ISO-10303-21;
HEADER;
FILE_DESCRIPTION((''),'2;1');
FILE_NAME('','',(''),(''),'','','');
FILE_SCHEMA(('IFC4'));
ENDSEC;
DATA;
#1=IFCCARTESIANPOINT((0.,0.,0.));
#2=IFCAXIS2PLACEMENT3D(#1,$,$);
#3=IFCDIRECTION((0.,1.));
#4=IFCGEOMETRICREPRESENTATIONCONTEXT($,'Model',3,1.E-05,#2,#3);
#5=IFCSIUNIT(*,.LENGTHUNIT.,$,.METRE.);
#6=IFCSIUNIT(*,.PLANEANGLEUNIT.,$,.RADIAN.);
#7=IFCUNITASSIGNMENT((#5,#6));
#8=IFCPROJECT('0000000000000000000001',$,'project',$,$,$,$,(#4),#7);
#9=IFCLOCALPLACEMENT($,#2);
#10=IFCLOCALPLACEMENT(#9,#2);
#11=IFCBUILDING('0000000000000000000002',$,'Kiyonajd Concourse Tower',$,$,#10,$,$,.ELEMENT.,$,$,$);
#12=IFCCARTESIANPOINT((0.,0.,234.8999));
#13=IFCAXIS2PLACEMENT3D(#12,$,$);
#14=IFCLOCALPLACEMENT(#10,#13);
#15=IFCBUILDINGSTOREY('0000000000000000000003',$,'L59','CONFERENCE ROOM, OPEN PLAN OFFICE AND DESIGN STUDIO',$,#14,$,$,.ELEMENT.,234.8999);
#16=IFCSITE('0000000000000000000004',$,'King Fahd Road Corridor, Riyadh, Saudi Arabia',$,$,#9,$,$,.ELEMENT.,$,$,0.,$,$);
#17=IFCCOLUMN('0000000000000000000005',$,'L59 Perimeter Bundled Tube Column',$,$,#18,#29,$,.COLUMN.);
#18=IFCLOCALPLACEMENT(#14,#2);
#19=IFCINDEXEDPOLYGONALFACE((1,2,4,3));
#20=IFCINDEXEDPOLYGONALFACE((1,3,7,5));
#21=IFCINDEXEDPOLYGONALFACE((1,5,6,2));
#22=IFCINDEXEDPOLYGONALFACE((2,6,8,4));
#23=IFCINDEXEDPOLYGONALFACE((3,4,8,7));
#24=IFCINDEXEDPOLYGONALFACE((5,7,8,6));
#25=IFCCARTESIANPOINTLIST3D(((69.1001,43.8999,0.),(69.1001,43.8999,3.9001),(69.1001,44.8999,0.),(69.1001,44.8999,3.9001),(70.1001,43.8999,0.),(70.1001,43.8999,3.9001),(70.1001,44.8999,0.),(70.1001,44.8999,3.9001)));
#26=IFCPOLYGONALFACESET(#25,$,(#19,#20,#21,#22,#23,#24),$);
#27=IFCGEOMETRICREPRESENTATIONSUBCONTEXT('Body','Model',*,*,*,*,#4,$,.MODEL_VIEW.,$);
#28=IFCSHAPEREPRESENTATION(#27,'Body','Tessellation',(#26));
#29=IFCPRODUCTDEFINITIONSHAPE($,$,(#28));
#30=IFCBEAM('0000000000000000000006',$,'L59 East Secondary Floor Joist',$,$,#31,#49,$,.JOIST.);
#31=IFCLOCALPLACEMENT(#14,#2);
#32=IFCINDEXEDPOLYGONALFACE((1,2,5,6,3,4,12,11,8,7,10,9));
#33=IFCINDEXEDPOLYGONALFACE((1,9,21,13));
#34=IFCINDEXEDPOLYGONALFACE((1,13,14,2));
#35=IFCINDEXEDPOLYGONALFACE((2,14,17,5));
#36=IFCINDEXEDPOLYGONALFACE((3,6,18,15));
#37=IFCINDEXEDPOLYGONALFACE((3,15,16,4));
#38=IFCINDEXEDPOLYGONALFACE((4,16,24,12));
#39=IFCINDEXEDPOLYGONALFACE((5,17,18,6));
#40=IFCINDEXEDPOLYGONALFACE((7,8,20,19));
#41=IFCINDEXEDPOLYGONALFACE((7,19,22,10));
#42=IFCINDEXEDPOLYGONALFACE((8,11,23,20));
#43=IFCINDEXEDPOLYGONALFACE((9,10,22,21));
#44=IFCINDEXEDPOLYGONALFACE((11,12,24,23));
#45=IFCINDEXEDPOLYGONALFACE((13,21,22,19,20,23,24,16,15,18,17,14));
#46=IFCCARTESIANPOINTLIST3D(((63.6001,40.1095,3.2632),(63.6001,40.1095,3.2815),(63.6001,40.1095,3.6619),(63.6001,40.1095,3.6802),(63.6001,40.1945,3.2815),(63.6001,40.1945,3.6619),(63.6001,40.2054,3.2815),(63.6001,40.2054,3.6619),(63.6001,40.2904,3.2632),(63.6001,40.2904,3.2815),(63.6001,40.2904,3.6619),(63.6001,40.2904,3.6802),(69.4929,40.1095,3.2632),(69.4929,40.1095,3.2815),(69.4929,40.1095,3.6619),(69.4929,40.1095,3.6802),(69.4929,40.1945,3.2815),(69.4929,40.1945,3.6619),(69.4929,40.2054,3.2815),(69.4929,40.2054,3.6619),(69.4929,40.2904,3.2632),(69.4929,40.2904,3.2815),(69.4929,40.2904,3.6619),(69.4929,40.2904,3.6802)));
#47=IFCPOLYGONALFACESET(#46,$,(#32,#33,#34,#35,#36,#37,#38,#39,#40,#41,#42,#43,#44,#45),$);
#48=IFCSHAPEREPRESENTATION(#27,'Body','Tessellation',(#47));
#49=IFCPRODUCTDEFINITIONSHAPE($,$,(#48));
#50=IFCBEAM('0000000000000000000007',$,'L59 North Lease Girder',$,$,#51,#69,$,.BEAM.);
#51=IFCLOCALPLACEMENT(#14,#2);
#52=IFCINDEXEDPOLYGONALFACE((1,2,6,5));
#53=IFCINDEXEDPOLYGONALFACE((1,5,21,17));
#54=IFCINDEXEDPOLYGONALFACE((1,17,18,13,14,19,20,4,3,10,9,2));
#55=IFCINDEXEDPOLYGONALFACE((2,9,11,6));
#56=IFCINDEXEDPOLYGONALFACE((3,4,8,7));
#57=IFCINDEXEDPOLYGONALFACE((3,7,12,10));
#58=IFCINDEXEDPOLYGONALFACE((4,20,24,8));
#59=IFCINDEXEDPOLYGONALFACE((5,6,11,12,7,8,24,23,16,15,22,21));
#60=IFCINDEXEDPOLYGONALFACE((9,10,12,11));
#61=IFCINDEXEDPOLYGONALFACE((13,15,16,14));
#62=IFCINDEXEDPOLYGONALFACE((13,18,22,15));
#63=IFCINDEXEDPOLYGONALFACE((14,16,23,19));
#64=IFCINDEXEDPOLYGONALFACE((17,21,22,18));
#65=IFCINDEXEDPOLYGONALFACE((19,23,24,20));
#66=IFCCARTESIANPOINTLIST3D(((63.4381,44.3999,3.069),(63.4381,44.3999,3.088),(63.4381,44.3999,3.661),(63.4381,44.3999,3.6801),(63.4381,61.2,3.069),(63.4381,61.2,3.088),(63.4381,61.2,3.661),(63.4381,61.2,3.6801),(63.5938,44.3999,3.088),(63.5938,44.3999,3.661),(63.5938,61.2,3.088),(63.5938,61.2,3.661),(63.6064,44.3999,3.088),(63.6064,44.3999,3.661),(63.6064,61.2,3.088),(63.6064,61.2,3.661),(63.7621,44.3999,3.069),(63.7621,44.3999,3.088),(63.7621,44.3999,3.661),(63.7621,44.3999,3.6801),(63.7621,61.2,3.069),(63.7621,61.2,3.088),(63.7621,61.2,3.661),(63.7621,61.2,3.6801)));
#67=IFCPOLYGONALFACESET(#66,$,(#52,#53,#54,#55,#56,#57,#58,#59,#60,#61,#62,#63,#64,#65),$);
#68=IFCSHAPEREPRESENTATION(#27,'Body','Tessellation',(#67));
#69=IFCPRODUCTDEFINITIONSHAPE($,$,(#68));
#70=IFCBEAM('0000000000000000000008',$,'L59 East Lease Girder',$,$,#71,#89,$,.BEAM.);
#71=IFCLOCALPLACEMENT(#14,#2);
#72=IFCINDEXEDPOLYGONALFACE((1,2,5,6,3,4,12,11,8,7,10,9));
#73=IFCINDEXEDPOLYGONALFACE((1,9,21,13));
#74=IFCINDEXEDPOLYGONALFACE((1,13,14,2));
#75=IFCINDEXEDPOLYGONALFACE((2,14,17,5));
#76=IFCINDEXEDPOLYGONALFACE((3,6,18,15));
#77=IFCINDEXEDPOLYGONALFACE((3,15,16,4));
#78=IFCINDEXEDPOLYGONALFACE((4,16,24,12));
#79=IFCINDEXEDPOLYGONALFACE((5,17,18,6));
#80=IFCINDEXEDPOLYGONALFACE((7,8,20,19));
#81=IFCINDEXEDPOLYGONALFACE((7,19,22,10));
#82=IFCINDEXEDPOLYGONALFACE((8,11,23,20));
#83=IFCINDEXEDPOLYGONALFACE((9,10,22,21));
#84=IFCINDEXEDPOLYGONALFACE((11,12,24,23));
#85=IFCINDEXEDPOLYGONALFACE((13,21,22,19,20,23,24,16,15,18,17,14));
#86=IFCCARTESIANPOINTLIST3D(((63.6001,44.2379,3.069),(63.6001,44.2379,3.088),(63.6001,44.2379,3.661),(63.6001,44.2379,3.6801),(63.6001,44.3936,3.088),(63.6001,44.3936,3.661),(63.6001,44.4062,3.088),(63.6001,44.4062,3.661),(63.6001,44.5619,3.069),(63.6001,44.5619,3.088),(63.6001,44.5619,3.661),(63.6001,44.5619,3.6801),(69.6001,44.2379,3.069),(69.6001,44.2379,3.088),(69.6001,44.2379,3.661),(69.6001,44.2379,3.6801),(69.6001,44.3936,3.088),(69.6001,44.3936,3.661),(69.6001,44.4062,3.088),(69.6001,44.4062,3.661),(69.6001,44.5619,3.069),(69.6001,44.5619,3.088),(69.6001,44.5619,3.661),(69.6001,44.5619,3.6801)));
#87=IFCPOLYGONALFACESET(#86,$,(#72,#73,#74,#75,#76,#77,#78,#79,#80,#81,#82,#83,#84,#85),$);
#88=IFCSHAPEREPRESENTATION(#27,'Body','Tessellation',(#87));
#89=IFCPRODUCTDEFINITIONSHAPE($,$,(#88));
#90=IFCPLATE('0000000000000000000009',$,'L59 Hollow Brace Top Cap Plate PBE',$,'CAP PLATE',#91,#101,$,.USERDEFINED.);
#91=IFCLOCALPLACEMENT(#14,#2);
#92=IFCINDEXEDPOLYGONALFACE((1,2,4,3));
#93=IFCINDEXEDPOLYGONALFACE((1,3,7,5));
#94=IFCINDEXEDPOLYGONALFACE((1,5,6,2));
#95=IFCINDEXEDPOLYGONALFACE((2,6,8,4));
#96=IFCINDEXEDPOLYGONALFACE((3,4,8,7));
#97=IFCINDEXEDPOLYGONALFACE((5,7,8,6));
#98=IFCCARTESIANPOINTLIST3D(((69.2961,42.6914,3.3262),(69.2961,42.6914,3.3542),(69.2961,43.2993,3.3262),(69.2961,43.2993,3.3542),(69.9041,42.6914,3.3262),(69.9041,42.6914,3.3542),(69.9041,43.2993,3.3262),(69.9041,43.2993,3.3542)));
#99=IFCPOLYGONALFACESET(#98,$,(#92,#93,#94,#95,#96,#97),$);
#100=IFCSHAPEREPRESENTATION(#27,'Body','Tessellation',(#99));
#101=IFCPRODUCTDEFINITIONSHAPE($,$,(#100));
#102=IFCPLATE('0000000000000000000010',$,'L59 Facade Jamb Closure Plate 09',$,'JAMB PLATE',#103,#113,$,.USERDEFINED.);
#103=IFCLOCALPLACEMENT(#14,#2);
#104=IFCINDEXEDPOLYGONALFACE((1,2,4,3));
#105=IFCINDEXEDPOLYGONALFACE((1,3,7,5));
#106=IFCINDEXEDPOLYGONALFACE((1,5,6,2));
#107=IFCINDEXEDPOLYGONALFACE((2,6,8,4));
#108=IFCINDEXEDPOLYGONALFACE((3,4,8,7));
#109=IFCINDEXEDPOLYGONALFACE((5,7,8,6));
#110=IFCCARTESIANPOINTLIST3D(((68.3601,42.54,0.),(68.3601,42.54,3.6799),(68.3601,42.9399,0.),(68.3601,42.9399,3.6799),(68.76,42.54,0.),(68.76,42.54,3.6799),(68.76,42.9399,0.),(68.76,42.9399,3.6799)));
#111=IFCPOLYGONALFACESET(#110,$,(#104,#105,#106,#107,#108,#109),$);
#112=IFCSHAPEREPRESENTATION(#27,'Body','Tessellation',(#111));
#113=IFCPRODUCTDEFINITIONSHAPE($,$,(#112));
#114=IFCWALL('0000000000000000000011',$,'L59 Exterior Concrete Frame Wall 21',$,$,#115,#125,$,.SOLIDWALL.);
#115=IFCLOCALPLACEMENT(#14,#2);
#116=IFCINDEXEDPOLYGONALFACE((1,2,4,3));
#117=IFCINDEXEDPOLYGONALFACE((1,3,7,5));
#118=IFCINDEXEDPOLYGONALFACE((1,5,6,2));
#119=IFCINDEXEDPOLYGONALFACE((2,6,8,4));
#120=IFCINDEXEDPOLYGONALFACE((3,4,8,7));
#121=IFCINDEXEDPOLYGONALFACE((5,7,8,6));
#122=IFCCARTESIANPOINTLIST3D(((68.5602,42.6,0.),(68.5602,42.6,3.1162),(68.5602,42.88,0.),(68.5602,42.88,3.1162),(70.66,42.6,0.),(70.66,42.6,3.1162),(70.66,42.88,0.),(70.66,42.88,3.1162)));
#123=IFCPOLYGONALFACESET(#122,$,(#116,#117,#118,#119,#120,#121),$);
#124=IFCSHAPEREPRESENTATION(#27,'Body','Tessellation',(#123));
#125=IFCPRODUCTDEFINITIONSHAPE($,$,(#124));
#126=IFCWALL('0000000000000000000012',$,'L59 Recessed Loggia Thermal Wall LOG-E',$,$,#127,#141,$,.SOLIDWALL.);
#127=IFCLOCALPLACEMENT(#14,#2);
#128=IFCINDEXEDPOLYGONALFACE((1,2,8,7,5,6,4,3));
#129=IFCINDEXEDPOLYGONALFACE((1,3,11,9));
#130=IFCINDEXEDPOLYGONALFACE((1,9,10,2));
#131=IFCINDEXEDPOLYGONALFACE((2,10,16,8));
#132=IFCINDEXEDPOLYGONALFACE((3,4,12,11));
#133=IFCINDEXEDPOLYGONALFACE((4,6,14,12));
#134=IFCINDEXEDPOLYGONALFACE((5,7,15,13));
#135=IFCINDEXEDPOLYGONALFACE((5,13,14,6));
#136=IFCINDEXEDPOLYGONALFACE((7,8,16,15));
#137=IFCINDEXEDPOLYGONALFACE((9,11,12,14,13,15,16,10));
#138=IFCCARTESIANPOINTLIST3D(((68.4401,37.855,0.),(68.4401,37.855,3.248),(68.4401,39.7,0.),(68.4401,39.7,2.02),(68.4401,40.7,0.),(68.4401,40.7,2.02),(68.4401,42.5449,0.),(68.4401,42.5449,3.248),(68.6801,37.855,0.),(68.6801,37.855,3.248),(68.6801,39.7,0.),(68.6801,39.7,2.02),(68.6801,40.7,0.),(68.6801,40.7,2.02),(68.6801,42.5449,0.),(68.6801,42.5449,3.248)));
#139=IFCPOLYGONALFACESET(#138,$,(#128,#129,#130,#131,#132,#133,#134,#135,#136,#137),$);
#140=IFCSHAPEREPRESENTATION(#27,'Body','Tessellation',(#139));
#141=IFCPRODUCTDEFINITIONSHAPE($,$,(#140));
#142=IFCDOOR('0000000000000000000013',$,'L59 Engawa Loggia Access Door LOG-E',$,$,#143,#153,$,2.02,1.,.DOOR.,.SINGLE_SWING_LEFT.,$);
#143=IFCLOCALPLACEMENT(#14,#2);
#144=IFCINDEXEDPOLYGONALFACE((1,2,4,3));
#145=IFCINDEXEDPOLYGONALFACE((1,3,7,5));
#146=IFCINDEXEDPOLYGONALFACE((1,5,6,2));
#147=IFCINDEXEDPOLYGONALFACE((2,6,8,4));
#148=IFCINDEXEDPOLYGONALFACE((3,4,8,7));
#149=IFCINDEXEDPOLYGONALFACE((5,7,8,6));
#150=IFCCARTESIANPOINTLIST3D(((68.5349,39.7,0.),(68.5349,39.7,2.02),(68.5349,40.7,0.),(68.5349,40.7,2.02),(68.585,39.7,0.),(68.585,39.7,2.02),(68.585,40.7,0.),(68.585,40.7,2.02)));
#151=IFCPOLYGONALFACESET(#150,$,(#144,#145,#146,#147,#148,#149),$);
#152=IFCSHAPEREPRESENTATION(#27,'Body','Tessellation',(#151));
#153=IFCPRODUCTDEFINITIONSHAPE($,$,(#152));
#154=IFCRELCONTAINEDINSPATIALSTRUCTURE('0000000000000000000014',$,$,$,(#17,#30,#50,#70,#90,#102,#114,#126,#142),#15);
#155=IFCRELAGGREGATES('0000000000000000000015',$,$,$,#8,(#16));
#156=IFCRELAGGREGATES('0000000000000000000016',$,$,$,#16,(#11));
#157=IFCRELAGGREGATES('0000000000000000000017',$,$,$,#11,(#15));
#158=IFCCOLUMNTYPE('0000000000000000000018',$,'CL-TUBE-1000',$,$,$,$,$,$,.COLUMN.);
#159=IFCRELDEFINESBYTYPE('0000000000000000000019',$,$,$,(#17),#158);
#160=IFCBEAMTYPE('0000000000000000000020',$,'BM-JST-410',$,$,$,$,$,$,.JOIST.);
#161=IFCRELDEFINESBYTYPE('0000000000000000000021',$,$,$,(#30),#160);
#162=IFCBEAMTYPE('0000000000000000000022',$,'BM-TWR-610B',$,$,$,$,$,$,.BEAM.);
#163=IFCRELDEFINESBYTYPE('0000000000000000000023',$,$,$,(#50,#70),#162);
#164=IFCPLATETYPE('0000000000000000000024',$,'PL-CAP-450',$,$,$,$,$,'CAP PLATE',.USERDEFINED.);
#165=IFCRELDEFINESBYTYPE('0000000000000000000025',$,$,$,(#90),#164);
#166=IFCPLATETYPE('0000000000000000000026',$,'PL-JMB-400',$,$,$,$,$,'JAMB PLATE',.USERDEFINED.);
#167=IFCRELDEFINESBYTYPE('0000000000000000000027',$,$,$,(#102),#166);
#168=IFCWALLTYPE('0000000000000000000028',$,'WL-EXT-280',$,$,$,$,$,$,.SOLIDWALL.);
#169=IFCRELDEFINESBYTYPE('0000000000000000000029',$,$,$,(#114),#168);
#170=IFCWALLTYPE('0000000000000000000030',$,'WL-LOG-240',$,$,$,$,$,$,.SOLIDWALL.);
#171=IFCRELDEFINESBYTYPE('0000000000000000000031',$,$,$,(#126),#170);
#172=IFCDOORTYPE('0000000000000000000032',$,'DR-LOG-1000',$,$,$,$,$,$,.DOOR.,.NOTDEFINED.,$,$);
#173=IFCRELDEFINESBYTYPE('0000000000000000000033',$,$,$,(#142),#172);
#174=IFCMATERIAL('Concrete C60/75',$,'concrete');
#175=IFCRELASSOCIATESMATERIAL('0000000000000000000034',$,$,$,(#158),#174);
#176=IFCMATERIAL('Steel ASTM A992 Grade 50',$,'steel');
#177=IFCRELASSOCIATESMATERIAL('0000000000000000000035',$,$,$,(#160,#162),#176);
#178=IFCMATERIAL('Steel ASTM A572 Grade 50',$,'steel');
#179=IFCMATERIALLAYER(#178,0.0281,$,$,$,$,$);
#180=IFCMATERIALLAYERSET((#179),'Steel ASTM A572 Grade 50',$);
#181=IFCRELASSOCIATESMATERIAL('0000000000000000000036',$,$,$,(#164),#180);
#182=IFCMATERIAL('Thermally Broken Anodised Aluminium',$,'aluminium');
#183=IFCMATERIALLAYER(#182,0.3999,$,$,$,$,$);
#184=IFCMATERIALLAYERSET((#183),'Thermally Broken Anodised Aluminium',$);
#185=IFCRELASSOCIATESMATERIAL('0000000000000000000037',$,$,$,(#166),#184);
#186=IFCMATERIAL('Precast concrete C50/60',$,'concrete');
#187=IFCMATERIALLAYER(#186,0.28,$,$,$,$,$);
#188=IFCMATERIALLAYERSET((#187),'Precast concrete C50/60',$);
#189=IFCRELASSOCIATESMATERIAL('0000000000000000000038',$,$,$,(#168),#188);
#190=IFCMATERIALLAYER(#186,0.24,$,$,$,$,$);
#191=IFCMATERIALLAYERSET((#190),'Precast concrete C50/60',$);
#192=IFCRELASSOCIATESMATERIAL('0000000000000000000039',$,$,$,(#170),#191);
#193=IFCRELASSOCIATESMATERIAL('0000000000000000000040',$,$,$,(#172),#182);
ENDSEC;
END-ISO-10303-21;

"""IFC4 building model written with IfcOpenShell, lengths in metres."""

from ifc_helpers import new_model, si_unit, direction, frame, frame_2d, origin, origin_2d, place, context, subcontext, project, spatial, rectangle, i_section, extrude, material, layer, layer_set, material_profile, profile_set, type_object, element, fill, save


model = new_model("IFC4")

# Units and contexts
model_context = context("Model", 3, precision=1e-05, world=origin(), true_north=direction((0.0, 1.0)))
body_context = subcontext(model_context, "Body", "Model", "MODEL_VIEW")
ifc_project = project(units=[si_unit("LENGTHUNIT", "METRE"), si_unit("PLANEANGLEUNIT", "RADIAN")], contexts=[model_context])

# Site, building, storey
site_placement = place(None, origin())
site = spatial("IfcSite", under=ifc_project, at=site_placement, Name="King Fahd Road Corridor, Riyadh, Saudi Arabia", CompositionType="ELEMENT", RefElevation=0.0)
building_placement = place(site_placement, origin())
building = spatial("IfcBuilding", under=site, at=building_placement, Name="Kiyonajd Concourse Tower", CompositionType="ELEMENT")
storey_placement = place(building_placement, frame((0.0, 0.0, 234.8999)))
storey = spatial("IfcBuildingStorey", under=building, at=storey_placement, Name="L59", Description="CONFERENCE ROOM, OPEN PLAN OFFICE AND DESIGN STUDIO", CompositionType="ELEMENT", Elevation=234.8999)

# Column
ifc_material_1 = material(Name="Concrete C60/75", Category="concrete")
ifc_material_profile_1 = material_profile(ifc_material_1, rectangle(XDim=1.0, YDim=1.0, at=origin_2d()), Name="RC-1000x1000")
ifc_profile_set_1 = profile_set([ifc_material_profile_1], Name="Concrete C60/75")
column_type = type_object("IfcColumnType", Name="CL-TUBE-1000", PredefinedType="COLUMN", material=ifc_profile_set_1)
column_placement = place(storey_placement, frame((69.6001, 44.3999, 0.0), z_axis=(0.0, 0.0, 1.0), x_axis=(1.0, 0.0, 0.0)))
element("IfcColumn", 1, at=column_placement, inside=storey, type_object=column_type, Name="L59 Perimeter Bundled Tube Column", PredefinedType="COLUMN", context=body_context, shape_type="SweptSolid", body=[
    extrude(rectangle(XDim=1.0, YDim=1.0, at=origin_2d()), origin(), (0.0, 0.0, 1.0), 3.9001),
])

# Beams
ifc_material_2 = material(Name="Steel ASTM A992 Grade 50", Category="steel")
ifc_material_profile_2 = material_profile(ifc_material_2, i_section(OverallWidth=0.1809, OverallDepth=0.417, WebThickness=0.011, FlangeThickness=0.0183, at=origin_2d()), Name="W410X85")
ifc_profile_set_2 = profile_set([ifc_material_profile_2], Name="Steel ASTM A992 Grade 50")
beam_type_1 = type_object("IfcBeamType", Name="BM-JST-410", PredefinedType="JOIST", material=ifc_profile_set_2)
beam_1_placement = place(storey_placement, frame((63.6001, 40.2, 3.4717), z_axis=(1.0, 0.0, 0.0), x_axis=(0.0, 1.0, 0.0)))
element("IfcBeam", 2, at=beam_1_placement, inside=storey, type_object=beam_type_1, Name="L59 East Secondary Floor Joist", PredefinedType="JOIST", context=body_context, shape_type="SweptSolid", body=[
    extrude(i_section(OverallWidth=0.1809, OverallDepth=0.417, WebThickness=0.011, FlangeThickness=0.0183, at=origin_2d()), origin(), (0.0, 0.0, 1.0), 5.8928),
])
ifc_material_profile_3 = material_profile(ifc_material_2, i_section(OverallWidth=0.324, OverallDepth=0.6111, WebThickness=0.0127, FlangeThickness=0.019, at=origin_2d()), Name="W610X155")
ifc_profile_set_3 = profile_set([ifc_material_profile_3], Name="Steel ASTM A992 Grade 50")
beam_type_2 = type_object("IfcBeamType", Name="BM-TWR-610B", PredefinedType="BEAM", material=ifc_profile_set_3)
beam_2_placement = place(storey_placement, frame((63.6001, 44.3999, 3.3745), z_axis=(0.0, 1.0, 0.0), x_axis=(-1.0, 0.0, 0.0)))
element("IfcBeam", 3, at=beam_2_placement, inside=storey, type_object=beam_type_2, Name="L59 North Lease Girder", PredefinedType="BEAM", context=body_context, shape_type="SweptSolid", body=[
    extrude(i_section(OverallWidth=0.324, OverallDepth=0.6111, WebThickness=0.0127, FlangeThickness=0.019, at=origin_2d()), origin(), (0.0, 0.0, 1.0), 16.8),
])
beam_3_placement = place(storey_placement, frame((63.6001, 44.3999, 3.3745), z_axis=(1.0, 0.0, 0.0), x_axis=(0.0, 1.0, 0.0)))
element("IfcBeam", 4, at=beam_3_placement, inside=storey, type_object=beam_type_2, Name="L59 East Lease Girder", PredefinedType="BEAM", context=body_context, shape_type="SweptSolid", body=[
    extrude(i_section(OverallWidth=0.324, OverallDepth=0.6111, WebThickness=0.0127, FlangeThickness=0.019, at=origin_2d()), origin(), (0.0, 0.0, 1.0), 6.0),
])

# Plates
ifc_material_3 = material(Name="Steel ASTM A572 Grade 50", Category="steel")
ifc_layer_1 = layer(ifc_material_3, 0.0281)
ifc_layer_set_1 = layer_set([ifc_layer_1], Name="Steel ASTM A572 Grade 50")
plate_type_1 = type_object("IfcPlateType", Name="PL-CAP-450", ElementType="CAP PLATE", PredefinedType="USERDEFINED", material=ifc_layer_set_1)
plate_1_placement = place(storey_placement, frame((69.6001, 42.9954, 3.3262), z_axis=(0.0, 0.0, 1.0), x_axis=(1.0, 0.0, 0.0)))
element("IfcPlate", 5, at=plate_1_placement, inside=storey, type_object=plate_type_1, Name="L59 Hollow Brace Top Cap Plate PBE", ObjectType="CAP PLATE", PredefinedType="USERDEFINED", context=body_context, shape_type="SweptSolid", body=[
    extrude(rectangle(XDim=0.6079, YDim=0.6079, at=origin_2d()), origin(), (0.0, 0.0, 1.0), 0.0281),
])
ifc_material_4 = material(Name="Thermally Broken Anodised Aluminium", Category="aluminium")
ifc_layer_2 = layer(ifc_material_4, 0.3999)
ifc_layer_set_2 = layer_set([ifc_layer_2], Name="Thermally Broken Anodised Aluminium")
plate_type_2 = type_object("IfcPlateType", Name="PL-JMB-400", ElementType="JAMB PLATE", PredefinedType="USERDEFINED", material=ifc_layer_set_2)
plate_2_placement = place(storey_placement, frame((68.5601, 42.74, 0.0), z_axis=(0.0, 0.0, 1.0), x_axis=(1.0, 0.0, 0.0)))
element("IfcPlate", 6, at=plate_2_placement, inside=storey, type_object=plate_type_2, Name="L59 Facade Jamb Closure Plate 09", ObjectType="JAMB PLATE", PredefinedType="USERDEFINED", context=body_context, shape_type="SweptSolid", body=[
    extrude(rectangle(XDim=0.3999, YDim=0.3999, at=origin_2d()), origin(), (0.0, 0.0, 1.0), 3.6799),
])

# Wall
ifc_material_5 = material(Name="Precast concrete C50/60", Category="concrete")
ifc_layer_3 = layer(ifc_material_5, 0.28)
ifc_layer_set_3 = layer_set([ifc_layer_3], Name="Precast concrete C50/60")
wall_type_1 = type_object("IfcWallType", Name="WL-EXT-280", PredefinedType="SOLIDWALL", material=ifc_layer_set_3)
wall_1_placement = place(storey_placement, frame((70.6599, 42.74, 0.0), z_axis=(0.0, 0.0, 1.0), x_axis=(-1.0, 0.0, 0.0)))
element("IfcWall", 7, at=wall_1_placement, inside=storey, type_object=wall_type_1, Name="L59 Exterior Concrete Frame Wall 21", PredefinedType="SOLIDWALL", context=body_context, shape_type="SweptSolid", body=[
    extrude(rectangle(XDim=2.0999, YDim=0.28, at=frame_2d((1.0498, 0.0))), origin(), (0.0, 0.0, 1.0), 3.1162),
])

# Wall, opening, door
ifc_layer_4 = layer(ifc_material_5, 0.24)
ifc_layer_set_4 = layer_set([ifc_layer_4], Name="Precast concrete C50/60")
wall_type_2 = type_object("IfcWallType", Name="WL-LOG-240", PredefinedType="SOLIDWALL", material=ifc_layer_set_4)
wall_2_placement = place(storey_placement, frame((68.5601, 42.5449, 0.0), z_axis=(0.0, 0.0, 1.0), x_axis=(0.0, -1.0, 0.0)))
wall_2 = element("IfcWall", 8, at=wall_2_placement, inside=storey, type_object=wall_type_2, Name="L59 Recessed Loggia Thermal Wall LOG-E", PredefinedType="SOLIDWALL", context=body_context, shape_type="SweptSolid", body=[
    extrude(rectangle(XDim=4.6899, YDim=0.24, at=frame_2d((2.345, 0.0))), origin(), (0.0, 0.0, 1.0), 3.248),
])
opening_1_placement = place(wall_2_placement, frame((1.845, 0.0, 0.0)))
opening_1 = element("IfcOpeningElement", 9, at=opening_1_placement, cuts=wall_2, PredefinedType="OPENING", context=body_context, shape_type="SweptSolid", body=[
    extrude(rectangle(XDim=1.0, YDim=2.02, at=frame_2d((0.5, 1.01))), frame((0.0, 0.1299, 0.0), z_axis=(0.0, -1.0, 0.0), x_axis=(1.0, 0.0, 0.0)), (0.0, 0.0, 1.0), 0.26),
])
door_type_1 = type_object("IfcDoorType", Name="DR-LOG-1000", OperationType="NOTDEFINED", PredefinedType="DOOR", material=ifc_material_4)
door_1_placement = place(opening_1_placement, origin())
door_1 = element("IfcDoor", 10, at=door_1_placement, inside=storey, type_object=door_type_1, Name="L59 Engawa Loggia Access Door LOG-E", OperationType="SINGLE_SWING_LEFT", OverallHeight=2.02, OverallWidth=1.0, PredefinedType="DOOR", context=body_context, shape_type="SweptSolid", body=[
    extrude(rectangle(XDim=1.0, YDim=2.02, at=frame_2d((0.5, 1.01))), frame((0.0, 0.0249, 0.0), z_axis=(0.0, -1.0, 0.0), x_axis=(1.0, 0.0, 0.0)), (0.0, 0.0, 1.0), 0.05),
])
fill(opening_1, door_1)

save(model, "model.ifc")
